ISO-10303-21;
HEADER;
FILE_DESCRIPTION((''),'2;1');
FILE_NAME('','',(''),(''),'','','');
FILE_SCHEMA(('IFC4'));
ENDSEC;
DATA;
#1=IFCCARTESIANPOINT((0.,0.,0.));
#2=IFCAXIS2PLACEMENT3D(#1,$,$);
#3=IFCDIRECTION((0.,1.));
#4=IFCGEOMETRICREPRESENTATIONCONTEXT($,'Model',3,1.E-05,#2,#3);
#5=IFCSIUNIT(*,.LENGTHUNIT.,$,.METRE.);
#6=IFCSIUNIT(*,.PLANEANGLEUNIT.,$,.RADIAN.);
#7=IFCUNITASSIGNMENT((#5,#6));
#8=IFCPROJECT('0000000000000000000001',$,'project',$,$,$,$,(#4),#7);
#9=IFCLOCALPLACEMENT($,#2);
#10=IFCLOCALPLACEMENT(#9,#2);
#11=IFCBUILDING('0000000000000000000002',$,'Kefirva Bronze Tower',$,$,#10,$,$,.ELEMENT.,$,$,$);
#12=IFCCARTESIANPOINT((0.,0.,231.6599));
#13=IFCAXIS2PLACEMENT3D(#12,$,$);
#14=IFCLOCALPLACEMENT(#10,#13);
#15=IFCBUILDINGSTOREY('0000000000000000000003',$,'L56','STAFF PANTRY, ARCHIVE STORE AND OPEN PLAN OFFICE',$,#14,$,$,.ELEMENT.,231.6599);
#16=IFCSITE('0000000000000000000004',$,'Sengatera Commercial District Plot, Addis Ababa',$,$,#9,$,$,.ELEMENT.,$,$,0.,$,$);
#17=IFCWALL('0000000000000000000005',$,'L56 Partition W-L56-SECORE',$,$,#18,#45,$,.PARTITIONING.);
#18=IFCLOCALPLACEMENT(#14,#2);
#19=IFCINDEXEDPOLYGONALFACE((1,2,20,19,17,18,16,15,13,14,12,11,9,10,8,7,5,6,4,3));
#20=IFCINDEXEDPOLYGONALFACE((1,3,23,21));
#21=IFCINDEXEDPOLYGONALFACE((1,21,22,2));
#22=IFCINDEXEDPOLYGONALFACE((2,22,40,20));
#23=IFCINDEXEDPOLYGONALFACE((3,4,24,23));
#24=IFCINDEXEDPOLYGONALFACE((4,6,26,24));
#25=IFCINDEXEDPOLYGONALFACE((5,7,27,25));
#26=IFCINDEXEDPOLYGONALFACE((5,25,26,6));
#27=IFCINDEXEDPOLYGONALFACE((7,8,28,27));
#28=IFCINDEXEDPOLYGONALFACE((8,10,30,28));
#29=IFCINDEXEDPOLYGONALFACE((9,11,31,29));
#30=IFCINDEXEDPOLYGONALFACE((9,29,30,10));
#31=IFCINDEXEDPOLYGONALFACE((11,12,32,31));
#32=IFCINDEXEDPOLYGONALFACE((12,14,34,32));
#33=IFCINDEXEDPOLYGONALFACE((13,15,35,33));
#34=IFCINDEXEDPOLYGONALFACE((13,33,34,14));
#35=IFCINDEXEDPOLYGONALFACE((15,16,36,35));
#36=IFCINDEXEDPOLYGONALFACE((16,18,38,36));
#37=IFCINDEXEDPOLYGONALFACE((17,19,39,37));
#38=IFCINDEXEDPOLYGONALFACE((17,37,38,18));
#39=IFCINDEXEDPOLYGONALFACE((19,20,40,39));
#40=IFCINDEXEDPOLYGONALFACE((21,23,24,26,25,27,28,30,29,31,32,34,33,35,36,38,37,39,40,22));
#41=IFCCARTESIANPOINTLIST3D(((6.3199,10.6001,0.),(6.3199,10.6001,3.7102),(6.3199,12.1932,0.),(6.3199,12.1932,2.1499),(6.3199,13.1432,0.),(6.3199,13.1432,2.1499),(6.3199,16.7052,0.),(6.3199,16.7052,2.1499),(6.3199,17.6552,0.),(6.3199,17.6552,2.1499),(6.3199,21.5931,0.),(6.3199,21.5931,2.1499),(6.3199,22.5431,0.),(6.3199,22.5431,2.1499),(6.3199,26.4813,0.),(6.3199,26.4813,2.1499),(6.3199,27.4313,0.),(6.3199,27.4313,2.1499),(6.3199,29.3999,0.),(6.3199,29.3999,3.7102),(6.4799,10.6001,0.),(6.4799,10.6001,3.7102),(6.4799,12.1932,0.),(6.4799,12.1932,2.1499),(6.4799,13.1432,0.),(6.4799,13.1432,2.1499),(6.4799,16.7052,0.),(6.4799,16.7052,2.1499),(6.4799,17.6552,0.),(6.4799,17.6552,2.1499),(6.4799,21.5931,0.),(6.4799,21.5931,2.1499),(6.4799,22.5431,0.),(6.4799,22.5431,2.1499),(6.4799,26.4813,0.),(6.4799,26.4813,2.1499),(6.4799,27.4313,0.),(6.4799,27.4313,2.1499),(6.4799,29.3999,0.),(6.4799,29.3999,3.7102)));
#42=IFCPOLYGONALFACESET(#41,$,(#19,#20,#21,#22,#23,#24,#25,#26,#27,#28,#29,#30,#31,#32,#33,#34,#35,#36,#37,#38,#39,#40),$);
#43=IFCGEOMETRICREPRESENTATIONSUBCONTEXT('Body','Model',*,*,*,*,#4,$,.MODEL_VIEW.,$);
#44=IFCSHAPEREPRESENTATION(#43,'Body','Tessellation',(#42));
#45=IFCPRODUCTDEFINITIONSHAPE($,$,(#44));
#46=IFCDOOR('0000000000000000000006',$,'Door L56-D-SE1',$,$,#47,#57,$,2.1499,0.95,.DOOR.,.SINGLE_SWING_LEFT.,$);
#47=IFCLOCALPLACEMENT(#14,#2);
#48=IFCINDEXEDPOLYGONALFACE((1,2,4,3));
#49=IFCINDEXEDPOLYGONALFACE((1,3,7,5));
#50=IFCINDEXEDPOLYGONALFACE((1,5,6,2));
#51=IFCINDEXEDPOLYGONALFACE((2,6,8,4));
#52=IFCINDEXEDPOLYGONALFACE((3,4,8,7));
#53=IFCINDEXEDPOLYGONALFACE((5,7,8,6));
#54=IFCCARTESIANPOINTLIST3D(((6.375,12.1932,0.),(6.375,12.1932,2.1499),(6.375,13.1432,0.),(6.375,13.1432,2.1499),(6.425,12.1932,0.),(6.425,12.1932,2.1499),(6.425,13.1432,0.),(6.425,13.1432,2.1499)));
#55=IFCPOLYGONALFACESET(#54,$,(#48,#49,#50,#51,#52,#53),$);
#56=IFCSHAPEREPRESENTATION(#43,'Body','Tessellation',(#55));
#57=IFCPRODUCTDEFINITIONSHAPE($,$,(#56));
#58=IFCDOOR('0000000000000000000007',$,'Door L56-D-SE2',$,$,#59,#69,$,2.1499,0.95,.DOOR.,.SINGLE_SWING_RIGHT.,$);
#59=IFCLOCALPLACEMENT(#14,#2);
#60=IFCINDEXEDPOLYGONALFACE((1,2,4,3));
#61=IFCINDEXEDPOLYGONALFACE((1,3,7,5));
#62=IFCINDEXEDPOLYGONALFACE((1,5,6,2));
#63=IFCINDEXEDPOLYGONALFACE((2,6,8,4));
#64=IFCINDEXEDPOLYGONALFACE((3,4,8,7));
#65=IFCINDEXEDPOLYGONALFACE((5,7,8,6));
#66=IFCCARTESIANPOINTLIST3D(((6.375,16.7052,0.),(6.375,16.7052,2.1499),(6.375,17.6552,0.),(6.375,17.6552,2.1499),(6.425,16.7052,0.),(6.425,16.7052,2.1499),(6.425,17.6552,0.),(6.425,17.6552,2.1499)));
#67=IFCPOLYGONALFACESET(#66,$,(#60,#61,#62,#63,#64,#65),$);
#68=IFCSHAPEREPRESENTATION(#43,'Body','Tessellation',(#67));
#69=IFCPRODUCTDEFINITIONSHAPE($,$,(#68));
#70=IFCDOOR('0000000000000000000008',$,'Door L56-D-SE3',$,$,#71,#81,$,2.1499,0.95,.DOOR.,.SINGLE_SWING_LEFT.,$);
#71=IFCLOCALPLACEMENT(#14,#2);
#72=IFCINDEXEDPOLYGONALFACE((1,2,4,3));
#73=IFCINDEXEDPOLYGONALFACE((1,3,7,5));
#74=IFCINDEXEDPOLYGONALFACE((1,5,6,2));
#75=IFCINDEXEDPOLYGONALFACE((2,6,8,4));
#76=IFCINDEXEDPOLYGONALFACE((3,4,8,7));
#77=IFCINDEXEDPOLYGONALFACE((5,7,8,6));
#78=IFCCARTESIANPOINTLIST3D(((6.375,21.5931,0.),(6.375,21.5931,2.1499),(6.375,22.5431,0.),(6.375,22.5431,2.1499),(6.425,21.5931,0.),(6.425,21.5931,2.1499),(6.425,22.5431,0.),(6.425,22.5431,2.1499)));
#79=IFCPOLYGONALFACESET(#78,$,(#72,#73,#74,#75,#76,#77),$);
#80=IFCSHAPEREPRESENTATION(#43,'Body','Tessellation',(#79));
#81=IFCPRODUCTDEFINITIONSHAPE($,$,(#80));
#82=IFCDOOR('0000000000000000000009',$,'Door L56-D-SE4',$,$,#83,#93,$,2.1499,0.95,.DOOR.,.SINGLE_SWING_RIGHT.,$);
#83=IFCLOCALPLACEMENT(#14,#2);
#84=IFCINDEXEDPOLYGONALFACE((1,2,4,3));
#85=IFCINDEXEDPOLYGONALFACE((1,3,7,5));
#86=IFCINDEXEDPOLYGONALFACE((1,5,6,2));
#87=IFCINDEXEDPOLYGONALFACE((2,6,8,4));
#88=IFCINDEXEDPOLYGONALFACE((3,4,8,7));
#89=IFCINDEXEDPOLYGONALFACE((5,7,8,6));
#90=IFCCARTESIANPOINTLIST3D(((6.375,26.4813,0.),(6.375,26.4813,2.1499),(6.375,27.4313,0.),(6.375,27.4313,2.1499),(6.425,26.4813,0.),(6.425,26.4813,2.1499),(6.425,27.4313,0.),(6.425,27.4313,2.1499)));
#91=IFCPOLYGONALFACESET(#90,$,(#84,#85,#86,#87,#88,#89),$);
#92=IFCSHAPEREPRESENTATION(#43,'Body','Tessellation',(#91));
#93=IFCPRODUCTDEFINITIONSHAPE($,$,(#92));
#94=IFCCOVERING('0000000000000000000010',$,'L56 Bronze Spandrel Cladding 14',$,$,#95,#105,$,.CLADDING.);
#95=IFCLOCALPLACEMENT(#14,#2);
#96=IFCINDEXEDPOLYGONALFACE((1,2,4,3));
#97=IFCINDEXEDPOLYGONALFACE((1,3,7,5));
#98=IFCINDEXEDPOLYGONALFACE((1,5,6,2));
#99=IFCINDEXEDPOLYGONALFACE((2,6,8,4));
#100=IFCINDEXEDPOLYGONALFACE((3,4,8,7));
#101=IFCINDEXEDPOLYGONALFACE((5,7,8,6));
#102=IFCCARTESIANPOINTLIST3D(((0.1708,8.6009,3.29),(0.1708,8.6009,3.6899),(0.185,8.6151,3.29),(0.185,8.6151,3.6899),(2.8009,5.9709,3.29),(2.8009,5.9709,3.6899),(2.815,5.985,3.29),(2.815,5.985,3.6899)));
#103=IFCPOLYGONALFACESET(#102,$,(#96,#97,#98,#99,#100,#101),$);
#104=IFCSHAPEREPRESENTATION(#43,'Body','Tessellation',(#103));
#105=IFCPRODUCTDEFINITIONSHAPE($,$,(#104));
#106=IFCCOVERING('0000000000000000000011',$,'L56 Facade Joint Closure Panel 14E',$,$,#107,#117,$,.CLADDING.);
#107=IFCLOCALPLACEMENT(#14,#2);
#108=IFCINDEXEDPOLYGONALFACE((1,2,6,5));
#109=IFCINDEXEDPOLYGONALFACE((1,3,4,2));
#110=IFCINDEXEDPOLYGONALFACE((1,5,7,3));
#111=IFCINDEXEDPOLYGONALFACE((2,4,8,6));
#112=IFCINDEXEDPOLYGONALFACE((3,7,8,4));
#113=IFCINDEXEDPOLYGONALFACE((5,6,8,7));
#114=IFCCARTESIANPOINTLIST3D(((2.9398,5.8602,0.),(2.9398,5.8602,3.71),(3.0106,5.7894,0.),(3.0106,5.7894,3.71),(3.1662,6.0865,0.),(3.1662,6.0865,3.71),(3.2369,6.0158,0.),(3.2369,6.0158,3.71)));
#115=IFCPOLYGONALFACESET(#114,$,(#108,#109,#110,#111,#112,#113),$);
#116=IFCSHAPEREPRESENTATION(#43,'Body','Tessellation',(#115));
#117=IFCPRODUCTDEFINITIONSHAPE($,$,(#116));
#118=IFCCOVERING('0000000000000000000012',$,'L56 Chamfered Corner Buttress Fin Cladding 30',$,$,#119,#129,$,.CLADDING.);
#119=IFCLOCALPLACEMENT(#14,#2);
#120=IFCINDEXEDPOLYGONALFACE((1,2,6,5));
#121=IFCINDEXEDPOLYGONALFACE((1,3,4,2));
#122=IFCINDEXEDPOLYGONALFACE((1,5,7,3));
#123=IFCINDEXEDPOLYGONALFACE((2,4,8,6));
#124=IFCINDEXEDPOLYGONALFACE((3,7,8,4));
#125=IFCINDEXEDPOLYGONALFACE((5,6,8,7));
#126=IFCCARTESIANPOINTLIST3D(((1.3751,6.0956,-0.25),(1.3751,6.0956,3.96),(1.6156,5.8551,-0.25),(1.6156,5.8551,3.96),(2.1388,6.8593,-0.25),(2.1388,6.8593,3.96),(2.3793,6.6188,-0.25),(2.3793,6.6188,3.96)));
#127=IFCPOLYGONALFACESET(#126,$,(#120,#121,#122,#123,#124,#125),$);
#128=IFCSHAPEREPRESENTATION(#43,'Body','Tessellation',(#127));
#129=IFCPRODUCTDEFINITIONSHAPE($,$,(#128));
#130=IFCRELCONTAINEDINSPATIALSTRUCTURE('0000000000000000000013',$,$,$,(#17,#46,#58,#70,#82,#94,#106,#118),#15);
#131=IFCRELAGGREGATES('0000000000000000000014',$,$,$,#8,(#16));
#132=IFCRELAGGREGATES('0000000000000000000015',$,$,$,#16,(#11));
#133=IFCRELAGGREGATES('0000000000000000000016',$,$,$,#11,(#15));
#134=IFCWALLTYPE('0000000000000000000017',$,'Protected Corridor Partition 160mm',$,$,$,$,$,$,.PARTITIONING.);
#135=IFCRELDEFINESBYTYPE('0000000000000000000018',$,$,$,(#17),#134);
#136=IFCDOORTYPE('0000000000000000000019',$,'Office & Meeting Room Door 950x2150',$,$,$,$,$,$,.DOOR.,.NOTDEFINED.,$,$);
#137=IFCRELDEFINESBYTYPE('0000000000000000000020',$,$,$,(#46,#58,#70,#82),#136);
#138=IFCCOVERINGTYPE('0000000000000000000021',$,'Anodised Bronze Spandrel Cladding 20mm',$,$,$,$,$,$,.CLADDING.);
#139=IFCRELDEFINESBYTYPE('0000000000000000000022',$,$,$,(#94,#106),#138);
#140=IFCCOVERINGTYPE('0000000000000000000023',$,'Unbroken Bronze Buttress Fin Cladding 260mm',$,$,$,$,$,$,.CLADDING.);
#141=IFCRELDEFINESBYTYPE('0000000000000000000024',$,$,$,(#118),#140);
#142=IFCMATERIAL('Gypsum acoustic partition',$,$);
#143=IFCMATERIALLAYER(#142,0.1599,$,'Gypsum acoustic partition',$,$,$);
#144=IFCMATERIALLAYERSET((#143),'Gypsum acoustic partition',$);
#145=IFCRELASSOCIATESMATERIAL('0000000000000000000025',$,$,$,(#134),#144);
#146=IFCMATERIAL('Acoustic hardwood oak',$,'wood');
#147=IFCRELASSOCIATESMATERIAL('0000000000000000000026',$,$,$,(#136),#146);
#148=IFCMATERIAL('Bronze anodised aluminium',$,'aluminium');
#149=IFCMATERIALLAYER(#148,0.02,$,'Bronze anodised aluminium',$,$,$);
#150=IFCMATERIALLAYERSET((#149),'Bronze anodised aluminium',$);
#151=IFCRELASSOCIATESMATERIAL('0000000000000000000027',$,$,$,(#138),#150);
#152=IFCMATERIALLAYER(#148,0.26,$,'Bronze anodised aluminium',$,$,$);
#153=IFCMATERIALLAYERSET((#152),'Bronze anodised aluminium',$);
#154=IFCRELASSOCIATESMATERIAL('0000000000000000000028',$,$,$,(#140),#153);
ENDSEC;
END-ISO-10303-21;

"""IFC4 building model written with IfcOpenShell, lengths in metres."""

from ifc_helpers import new_model, si_unit, direction, frame, frame_2d, origin, origin_2d, place, context, subcontext, project, spatial, rectangle, extrude, material, layer, layer_set, type_object, element, fill, save


model = new_model("IFC4")

# Units and contexts
model_context = context("Model", 3, precision=1e-05, world=origin(), true_north=direction((0.0, 1.0)))
body_context = subcontext(model_context, "Body", "Model", "MODEL_VIEW")
ifc_project = project(units=[si_unit("LENGTHUNIT", "METRE"), si_unit("PLANEANGLEUNIT", "RADIAN")], contexts=[model_context])

# Site, building, storey
site_placement = place(None, origin())
site = spatial("IfcSite", under=ifc_project, at=site_placement, Name="Sengatera Commercial District Plot, Addis Ababa", CompositionType="ELEMENT", RefElevation=0.0)
building_placement = place(site_placement, origin())
building = spatial("IfcBuilding", under=site, at=building_placement, Name="Kefirva Bronze Tower", CompositionType="ELEMENT")
storey_placement = place(building_placement, frame((0.0, 0.0, 231.6599)))
storey = spatial("IfcBuildingStorey", under=building, at=storey_placement, Name="L56", Description="STAFF PANTRY, ARCHIVE STORE AND OPEN PLAN OFFICE", CompositionType="ELEMENT", Elevation=231.6599)

# Shared definitions
ifc_material_1 = material(Name="Bronze anodised aluminium", Category="aluminium")

# Shared definitions
ifc_material_2 = material(Name="Gypsum acoustic partition")

# Wall, openings, doors
ifc_layer_1 = layer(ifc_material_2, 0.1599, Name="Gypsum acoustic partition")
ifc_layer_set_1 = layer_set([ifc_layer_1], Name="Gypsum acoustic partition")
wall_type_1 = type_object("IfcWallType", Name="Protected Corridor Partition 160mm", PredefinedType="PARTITIONING", material=ifc_layer_set_1)
ifc_material_3 = material(Name="Acoustic hardwood oak", Category="wood")
door_type = type_object("IfcDoorType", Name="Office & Meeting Room Door 950x2150", OperationType="NOTDEFINED", PredefinedType="DOOR", material=ifc_material_3)
wall_1_placement = place(storey_placement, frame((6.3999, 10.6001, 0.0), z_axis=(0.0, 0.0, 1.0), x_axis=(0.0, 1.0, 0.0)))
wall_1 = element("IfcWall", 1, at=wall_1_placement, inside=storey, type_object=wall_type_1, Name="L56 Partition W-L56-SECORE", PredefinedType="PARTITIONING", context=body_context, shape_type="SweptSolid", body=[
    extrude(rectangle(XDim=18.7998, YDim=0.1599, at=frame_2d((9.3999, 0.0))), origin(), (0.0, 0.0, 1.0), 3.7102),
])
opening_1_placement = place(wall_1_placement, frame((1.593, 0.0, 0.0)))
opening_1 = element("IfcOpeningElement", 2, at=opening_1_placement, cuts=wall_1, PredefinedType="OPENING", context=body_context, shape_type="SweptSolid", body=[
    extrude(rectangle(XDim=0.95, YDim=2.1499, at=frame_2d((0.4751, 1.075))), frame((0.0, 0.0898, 0.0), z_axis=(0.0, -1.0, 0.0), x_axis=(1.0, 0.0, 0.0)), (0.0, 0.0, 1.0), 0.1799),
])
opening_2_placement = place(wall_1_placement, frame((6.105, 0.0, 0.0)))
opening_2 = element("IfcOpeningElement", 3, at=opening_2_placement, cuts=wall_1, PredefinedType="OPENING", context=body_context, shape_type="SweptSolid", body=[
    extrude(rectangle(XDim=0.95, YDim=2.1499, at=frame_2d((0.4751, 1.075))), frame((0.0, 0.0898, 0.0), z_axis=(0.0, -1.0, 0.0), x_axis=(1.0, 0.0, 0.0)), (0.0, 0.0, 1.0), 0.1799),
])
opening_3_placement = place(wall_1_placement, frame((10.9929, 0.0, 0.0)))
opening_3 = element("IfcOpeningElement", 4, at=opening_3_placement, cuts=wall_1, PredefinedType="OPENING", context=body_context, shape_type="SweptSolid", body=[
    extrude(rectangle(XDim=0.95, YDim=2.1499, at=frame_2d((0.4751, 1.075))), frame((0.0, 0.0898, 0.0), z_axis=(0.0, -1.0, 0.0), x_axis=(1.0, 0.0, 0.0)), (0.0, 0.0, 1.0), 0.1799),
])
opening_4_placement = place(wall_1_placement, frame((15.8811, 0.0, 0.0)))
opening_4 = element("IfcOpeningElement", 5, at=opening_4_placement, cuts=wall_1, PredefinedType="OPENING", context=body_context, shape_type="SweptSolid", body=[
    extrude(rectangle(XDim=0.95, YDim=2.1499, at=frame_2d((0.4751, 1.075))), frame((0.0, 0.0898, 0.0), z_axis=(0.0, -1.0, 0.0), x_axis=(1.0, 0.0, 0.0)), (0.0, 0.0, 1.0), 0.1799),
])
door_1_placement = place(opening_1_placement, origin())
door_1 = element("IfcDoor", 6, at=door_1_placement, inside=storey, type_object=door_type, Name="Door L56-D-SE1", OperationType="SINGLE_SWING_LEFT", OverallHeight=2.1499, OverallWidth=0.95, PredefinedType="DOOR", context=body_context, shape_type="SweptSolid", body=[
    extrude(rectangle(XDim=0.95, YDim=2.1499, at=frame_2d((0.4751, 1.075))), frame((0.0, 0.0249, 0.0), z_axis=(0.0, -1.0, 0.0), x_axis=(1.0, 0.0, 0.0)), (0.0, 0.0, 1.0), 0.05),
])
fill(opening_1, door_1)
door_2_placement = place(opening_2_placement, origin())
door_2 = element("IfcDoor", 7, at=door_2_placement, inside=storey, type_object=door_type, Name="Door L56-D-SE2", OperationType="SINGLE_SWING_RIGHT", OverallHeight=2.1499, OverallWidth=0.95, PredefinedType="DOOR", context=body_context, shape_type="SweptSolid", body=[
    extrude(rectangle(XDim=0.95, YDim=2.1499, at=frame_2d((0.4751, 1.075))), frame((0.0, 0.0249, 0.0), z_axis=(0.0, -1.0, 0.0), x_axis=(1.0, 0.0, 0.0)), (0.0, 0.0, 1.0), 0.05),
])
fill(opening_2, door_2)
door_3_placement = place(opening_3_placement, origin())
door_3 = element("IfcDoor", 8, at=door_3_placement, inside=storey, type_object=door_type, Name="Door L56-D-SE3", OperationType="SINGLE_SWING_LEFT", OverallHeight=2.1499, OverallWidth=0.95, PredefinedType="DOOR", context=body_context, shape_type="SweptSolid", body=[
    extrude(rectangle(XDim=0.95, YDim=2.1499, at=frame_2d((0.4751, 1.075))), frame((0.0, 0.0249, 0.0), z_axis=(0.0, -1.0, 0.0), x_axis=(1.0, 0.0, 0.0)), (0.0, 0.0, 1.0), 0.05),
])
fill(opening_3, door_3)
door_4_placement = place(opening_4_placement, origin())
door_4 = element("IfcDoor", 9, at=door_4_placement, inside=storey, type_object=door_type, Name="Door L56-D-SE4", OperationType="SINGLE_SWING_RIGHT", OverallHeight=2.1499, OverallWidth=0.95, PredefinedType="DOOR", context=body_context, shape_type="SweptSolid", body=[
    extrude(rectangle(XDim=0.95, YDim=2.1499, at=frame_2d((0.4751, 1.075))), frame((0.0, 0.0249, 0.0), z_axis=(0.0, -1.0, 0.0), x_axis=(1.0, 0.0, 0.0)), (0.0, 0.0, 1.0), 0.05),
])
fill(opening_4, door_4)

# Coverings
ifc_layer_2 = layer(ifc_material_1, 0.02, Name="Bronze anodised aluminium")
ifc_layer_set_2 = layer_set([ifc_layer_2], Name="Bronze anodised aluminium")
covering_type_1 = type_object("IfcCoveringType", Name="Anodised Bronze Spandrel Cladding 20mm", PredefinedType="CLADDING", material=ifc_layer_set_2)
covering_1_placement = place(storey_placement, frame((1.4929, 7.293, 3.29), z_axis=(0.0, 0.0, 1.0), x_axis=(0.707107, -0.707107, 0.0)))
element("IfcCovering", 10, at=covering_1_placement, inside=storey, type_object=covering_type_1, Name="L56 Bronze Spandrel Cladding 14", PredefinedType="CLADDING", context=body_context, shape_type="SweptSolid", body=[
    extrude(rectangle(XDim=3.7195, YDim=0.02, at=origin_2d()), origin(), (0.0, 0.0, 1.0), 0.3999),
])
covering_2_placement = place(storey_placement, frame((3.0884, 5.938, 0.0), z_axis=(0.0, 0.0, 1.0), x_axis=(0.707107, -0.707107, 0.0)))
element("IfcCovering", 11, at=covering_2_placement, inside=storey, type_object=covering_type_1, Name="L56 Facade Joint Closure Panel 14E", PredefinedType="CLADDING", context=body_context, shape_type="SweptSolid", body=[
    extrude(rectangle(XDim=0.1001, YDim=0.3201, at=origin_2d()), origin(), (0.0, 0.0, 1.0), 3.71),
])
ifc_layer_3 = layer(ifc_material_1, 0.26, Name="Bronze anodised aluminium")
ifc_layer_set_3 = layer_set([ifc_layer_3], Name="Bronze anodised aluminium")
covering_type_2 = type_object("IfcCoveringType", Name="Unbroken Bronze Buttress Fin Cladding 260mm", PredefinedType="CLADDING", material=ifc_layer_set_3)
covering_3_placement = place(storey_placement, frame((1.8772, 6.3572, -0.25), z_axis=(0.0, 0.0, 1.0), x_axis=(0.707107, -0.707107, 0.0)))
element("IfcCovering", 12, at=covering_3_placement, inside=storey, type_object=covering_type_2, Name="L56 Chamfered Corner Buttress Fin Cladding 30", PredefinedType="CLADDING", context=body_context, shape_type="SweptSolid", body=[
    extrude(rectangle(XDim=0.3401, YDim=1.0801, at=origin_2d()), origin(), (0.0, 0.0, 1.0), 4.21),
])

save(model, "model.ifc")
